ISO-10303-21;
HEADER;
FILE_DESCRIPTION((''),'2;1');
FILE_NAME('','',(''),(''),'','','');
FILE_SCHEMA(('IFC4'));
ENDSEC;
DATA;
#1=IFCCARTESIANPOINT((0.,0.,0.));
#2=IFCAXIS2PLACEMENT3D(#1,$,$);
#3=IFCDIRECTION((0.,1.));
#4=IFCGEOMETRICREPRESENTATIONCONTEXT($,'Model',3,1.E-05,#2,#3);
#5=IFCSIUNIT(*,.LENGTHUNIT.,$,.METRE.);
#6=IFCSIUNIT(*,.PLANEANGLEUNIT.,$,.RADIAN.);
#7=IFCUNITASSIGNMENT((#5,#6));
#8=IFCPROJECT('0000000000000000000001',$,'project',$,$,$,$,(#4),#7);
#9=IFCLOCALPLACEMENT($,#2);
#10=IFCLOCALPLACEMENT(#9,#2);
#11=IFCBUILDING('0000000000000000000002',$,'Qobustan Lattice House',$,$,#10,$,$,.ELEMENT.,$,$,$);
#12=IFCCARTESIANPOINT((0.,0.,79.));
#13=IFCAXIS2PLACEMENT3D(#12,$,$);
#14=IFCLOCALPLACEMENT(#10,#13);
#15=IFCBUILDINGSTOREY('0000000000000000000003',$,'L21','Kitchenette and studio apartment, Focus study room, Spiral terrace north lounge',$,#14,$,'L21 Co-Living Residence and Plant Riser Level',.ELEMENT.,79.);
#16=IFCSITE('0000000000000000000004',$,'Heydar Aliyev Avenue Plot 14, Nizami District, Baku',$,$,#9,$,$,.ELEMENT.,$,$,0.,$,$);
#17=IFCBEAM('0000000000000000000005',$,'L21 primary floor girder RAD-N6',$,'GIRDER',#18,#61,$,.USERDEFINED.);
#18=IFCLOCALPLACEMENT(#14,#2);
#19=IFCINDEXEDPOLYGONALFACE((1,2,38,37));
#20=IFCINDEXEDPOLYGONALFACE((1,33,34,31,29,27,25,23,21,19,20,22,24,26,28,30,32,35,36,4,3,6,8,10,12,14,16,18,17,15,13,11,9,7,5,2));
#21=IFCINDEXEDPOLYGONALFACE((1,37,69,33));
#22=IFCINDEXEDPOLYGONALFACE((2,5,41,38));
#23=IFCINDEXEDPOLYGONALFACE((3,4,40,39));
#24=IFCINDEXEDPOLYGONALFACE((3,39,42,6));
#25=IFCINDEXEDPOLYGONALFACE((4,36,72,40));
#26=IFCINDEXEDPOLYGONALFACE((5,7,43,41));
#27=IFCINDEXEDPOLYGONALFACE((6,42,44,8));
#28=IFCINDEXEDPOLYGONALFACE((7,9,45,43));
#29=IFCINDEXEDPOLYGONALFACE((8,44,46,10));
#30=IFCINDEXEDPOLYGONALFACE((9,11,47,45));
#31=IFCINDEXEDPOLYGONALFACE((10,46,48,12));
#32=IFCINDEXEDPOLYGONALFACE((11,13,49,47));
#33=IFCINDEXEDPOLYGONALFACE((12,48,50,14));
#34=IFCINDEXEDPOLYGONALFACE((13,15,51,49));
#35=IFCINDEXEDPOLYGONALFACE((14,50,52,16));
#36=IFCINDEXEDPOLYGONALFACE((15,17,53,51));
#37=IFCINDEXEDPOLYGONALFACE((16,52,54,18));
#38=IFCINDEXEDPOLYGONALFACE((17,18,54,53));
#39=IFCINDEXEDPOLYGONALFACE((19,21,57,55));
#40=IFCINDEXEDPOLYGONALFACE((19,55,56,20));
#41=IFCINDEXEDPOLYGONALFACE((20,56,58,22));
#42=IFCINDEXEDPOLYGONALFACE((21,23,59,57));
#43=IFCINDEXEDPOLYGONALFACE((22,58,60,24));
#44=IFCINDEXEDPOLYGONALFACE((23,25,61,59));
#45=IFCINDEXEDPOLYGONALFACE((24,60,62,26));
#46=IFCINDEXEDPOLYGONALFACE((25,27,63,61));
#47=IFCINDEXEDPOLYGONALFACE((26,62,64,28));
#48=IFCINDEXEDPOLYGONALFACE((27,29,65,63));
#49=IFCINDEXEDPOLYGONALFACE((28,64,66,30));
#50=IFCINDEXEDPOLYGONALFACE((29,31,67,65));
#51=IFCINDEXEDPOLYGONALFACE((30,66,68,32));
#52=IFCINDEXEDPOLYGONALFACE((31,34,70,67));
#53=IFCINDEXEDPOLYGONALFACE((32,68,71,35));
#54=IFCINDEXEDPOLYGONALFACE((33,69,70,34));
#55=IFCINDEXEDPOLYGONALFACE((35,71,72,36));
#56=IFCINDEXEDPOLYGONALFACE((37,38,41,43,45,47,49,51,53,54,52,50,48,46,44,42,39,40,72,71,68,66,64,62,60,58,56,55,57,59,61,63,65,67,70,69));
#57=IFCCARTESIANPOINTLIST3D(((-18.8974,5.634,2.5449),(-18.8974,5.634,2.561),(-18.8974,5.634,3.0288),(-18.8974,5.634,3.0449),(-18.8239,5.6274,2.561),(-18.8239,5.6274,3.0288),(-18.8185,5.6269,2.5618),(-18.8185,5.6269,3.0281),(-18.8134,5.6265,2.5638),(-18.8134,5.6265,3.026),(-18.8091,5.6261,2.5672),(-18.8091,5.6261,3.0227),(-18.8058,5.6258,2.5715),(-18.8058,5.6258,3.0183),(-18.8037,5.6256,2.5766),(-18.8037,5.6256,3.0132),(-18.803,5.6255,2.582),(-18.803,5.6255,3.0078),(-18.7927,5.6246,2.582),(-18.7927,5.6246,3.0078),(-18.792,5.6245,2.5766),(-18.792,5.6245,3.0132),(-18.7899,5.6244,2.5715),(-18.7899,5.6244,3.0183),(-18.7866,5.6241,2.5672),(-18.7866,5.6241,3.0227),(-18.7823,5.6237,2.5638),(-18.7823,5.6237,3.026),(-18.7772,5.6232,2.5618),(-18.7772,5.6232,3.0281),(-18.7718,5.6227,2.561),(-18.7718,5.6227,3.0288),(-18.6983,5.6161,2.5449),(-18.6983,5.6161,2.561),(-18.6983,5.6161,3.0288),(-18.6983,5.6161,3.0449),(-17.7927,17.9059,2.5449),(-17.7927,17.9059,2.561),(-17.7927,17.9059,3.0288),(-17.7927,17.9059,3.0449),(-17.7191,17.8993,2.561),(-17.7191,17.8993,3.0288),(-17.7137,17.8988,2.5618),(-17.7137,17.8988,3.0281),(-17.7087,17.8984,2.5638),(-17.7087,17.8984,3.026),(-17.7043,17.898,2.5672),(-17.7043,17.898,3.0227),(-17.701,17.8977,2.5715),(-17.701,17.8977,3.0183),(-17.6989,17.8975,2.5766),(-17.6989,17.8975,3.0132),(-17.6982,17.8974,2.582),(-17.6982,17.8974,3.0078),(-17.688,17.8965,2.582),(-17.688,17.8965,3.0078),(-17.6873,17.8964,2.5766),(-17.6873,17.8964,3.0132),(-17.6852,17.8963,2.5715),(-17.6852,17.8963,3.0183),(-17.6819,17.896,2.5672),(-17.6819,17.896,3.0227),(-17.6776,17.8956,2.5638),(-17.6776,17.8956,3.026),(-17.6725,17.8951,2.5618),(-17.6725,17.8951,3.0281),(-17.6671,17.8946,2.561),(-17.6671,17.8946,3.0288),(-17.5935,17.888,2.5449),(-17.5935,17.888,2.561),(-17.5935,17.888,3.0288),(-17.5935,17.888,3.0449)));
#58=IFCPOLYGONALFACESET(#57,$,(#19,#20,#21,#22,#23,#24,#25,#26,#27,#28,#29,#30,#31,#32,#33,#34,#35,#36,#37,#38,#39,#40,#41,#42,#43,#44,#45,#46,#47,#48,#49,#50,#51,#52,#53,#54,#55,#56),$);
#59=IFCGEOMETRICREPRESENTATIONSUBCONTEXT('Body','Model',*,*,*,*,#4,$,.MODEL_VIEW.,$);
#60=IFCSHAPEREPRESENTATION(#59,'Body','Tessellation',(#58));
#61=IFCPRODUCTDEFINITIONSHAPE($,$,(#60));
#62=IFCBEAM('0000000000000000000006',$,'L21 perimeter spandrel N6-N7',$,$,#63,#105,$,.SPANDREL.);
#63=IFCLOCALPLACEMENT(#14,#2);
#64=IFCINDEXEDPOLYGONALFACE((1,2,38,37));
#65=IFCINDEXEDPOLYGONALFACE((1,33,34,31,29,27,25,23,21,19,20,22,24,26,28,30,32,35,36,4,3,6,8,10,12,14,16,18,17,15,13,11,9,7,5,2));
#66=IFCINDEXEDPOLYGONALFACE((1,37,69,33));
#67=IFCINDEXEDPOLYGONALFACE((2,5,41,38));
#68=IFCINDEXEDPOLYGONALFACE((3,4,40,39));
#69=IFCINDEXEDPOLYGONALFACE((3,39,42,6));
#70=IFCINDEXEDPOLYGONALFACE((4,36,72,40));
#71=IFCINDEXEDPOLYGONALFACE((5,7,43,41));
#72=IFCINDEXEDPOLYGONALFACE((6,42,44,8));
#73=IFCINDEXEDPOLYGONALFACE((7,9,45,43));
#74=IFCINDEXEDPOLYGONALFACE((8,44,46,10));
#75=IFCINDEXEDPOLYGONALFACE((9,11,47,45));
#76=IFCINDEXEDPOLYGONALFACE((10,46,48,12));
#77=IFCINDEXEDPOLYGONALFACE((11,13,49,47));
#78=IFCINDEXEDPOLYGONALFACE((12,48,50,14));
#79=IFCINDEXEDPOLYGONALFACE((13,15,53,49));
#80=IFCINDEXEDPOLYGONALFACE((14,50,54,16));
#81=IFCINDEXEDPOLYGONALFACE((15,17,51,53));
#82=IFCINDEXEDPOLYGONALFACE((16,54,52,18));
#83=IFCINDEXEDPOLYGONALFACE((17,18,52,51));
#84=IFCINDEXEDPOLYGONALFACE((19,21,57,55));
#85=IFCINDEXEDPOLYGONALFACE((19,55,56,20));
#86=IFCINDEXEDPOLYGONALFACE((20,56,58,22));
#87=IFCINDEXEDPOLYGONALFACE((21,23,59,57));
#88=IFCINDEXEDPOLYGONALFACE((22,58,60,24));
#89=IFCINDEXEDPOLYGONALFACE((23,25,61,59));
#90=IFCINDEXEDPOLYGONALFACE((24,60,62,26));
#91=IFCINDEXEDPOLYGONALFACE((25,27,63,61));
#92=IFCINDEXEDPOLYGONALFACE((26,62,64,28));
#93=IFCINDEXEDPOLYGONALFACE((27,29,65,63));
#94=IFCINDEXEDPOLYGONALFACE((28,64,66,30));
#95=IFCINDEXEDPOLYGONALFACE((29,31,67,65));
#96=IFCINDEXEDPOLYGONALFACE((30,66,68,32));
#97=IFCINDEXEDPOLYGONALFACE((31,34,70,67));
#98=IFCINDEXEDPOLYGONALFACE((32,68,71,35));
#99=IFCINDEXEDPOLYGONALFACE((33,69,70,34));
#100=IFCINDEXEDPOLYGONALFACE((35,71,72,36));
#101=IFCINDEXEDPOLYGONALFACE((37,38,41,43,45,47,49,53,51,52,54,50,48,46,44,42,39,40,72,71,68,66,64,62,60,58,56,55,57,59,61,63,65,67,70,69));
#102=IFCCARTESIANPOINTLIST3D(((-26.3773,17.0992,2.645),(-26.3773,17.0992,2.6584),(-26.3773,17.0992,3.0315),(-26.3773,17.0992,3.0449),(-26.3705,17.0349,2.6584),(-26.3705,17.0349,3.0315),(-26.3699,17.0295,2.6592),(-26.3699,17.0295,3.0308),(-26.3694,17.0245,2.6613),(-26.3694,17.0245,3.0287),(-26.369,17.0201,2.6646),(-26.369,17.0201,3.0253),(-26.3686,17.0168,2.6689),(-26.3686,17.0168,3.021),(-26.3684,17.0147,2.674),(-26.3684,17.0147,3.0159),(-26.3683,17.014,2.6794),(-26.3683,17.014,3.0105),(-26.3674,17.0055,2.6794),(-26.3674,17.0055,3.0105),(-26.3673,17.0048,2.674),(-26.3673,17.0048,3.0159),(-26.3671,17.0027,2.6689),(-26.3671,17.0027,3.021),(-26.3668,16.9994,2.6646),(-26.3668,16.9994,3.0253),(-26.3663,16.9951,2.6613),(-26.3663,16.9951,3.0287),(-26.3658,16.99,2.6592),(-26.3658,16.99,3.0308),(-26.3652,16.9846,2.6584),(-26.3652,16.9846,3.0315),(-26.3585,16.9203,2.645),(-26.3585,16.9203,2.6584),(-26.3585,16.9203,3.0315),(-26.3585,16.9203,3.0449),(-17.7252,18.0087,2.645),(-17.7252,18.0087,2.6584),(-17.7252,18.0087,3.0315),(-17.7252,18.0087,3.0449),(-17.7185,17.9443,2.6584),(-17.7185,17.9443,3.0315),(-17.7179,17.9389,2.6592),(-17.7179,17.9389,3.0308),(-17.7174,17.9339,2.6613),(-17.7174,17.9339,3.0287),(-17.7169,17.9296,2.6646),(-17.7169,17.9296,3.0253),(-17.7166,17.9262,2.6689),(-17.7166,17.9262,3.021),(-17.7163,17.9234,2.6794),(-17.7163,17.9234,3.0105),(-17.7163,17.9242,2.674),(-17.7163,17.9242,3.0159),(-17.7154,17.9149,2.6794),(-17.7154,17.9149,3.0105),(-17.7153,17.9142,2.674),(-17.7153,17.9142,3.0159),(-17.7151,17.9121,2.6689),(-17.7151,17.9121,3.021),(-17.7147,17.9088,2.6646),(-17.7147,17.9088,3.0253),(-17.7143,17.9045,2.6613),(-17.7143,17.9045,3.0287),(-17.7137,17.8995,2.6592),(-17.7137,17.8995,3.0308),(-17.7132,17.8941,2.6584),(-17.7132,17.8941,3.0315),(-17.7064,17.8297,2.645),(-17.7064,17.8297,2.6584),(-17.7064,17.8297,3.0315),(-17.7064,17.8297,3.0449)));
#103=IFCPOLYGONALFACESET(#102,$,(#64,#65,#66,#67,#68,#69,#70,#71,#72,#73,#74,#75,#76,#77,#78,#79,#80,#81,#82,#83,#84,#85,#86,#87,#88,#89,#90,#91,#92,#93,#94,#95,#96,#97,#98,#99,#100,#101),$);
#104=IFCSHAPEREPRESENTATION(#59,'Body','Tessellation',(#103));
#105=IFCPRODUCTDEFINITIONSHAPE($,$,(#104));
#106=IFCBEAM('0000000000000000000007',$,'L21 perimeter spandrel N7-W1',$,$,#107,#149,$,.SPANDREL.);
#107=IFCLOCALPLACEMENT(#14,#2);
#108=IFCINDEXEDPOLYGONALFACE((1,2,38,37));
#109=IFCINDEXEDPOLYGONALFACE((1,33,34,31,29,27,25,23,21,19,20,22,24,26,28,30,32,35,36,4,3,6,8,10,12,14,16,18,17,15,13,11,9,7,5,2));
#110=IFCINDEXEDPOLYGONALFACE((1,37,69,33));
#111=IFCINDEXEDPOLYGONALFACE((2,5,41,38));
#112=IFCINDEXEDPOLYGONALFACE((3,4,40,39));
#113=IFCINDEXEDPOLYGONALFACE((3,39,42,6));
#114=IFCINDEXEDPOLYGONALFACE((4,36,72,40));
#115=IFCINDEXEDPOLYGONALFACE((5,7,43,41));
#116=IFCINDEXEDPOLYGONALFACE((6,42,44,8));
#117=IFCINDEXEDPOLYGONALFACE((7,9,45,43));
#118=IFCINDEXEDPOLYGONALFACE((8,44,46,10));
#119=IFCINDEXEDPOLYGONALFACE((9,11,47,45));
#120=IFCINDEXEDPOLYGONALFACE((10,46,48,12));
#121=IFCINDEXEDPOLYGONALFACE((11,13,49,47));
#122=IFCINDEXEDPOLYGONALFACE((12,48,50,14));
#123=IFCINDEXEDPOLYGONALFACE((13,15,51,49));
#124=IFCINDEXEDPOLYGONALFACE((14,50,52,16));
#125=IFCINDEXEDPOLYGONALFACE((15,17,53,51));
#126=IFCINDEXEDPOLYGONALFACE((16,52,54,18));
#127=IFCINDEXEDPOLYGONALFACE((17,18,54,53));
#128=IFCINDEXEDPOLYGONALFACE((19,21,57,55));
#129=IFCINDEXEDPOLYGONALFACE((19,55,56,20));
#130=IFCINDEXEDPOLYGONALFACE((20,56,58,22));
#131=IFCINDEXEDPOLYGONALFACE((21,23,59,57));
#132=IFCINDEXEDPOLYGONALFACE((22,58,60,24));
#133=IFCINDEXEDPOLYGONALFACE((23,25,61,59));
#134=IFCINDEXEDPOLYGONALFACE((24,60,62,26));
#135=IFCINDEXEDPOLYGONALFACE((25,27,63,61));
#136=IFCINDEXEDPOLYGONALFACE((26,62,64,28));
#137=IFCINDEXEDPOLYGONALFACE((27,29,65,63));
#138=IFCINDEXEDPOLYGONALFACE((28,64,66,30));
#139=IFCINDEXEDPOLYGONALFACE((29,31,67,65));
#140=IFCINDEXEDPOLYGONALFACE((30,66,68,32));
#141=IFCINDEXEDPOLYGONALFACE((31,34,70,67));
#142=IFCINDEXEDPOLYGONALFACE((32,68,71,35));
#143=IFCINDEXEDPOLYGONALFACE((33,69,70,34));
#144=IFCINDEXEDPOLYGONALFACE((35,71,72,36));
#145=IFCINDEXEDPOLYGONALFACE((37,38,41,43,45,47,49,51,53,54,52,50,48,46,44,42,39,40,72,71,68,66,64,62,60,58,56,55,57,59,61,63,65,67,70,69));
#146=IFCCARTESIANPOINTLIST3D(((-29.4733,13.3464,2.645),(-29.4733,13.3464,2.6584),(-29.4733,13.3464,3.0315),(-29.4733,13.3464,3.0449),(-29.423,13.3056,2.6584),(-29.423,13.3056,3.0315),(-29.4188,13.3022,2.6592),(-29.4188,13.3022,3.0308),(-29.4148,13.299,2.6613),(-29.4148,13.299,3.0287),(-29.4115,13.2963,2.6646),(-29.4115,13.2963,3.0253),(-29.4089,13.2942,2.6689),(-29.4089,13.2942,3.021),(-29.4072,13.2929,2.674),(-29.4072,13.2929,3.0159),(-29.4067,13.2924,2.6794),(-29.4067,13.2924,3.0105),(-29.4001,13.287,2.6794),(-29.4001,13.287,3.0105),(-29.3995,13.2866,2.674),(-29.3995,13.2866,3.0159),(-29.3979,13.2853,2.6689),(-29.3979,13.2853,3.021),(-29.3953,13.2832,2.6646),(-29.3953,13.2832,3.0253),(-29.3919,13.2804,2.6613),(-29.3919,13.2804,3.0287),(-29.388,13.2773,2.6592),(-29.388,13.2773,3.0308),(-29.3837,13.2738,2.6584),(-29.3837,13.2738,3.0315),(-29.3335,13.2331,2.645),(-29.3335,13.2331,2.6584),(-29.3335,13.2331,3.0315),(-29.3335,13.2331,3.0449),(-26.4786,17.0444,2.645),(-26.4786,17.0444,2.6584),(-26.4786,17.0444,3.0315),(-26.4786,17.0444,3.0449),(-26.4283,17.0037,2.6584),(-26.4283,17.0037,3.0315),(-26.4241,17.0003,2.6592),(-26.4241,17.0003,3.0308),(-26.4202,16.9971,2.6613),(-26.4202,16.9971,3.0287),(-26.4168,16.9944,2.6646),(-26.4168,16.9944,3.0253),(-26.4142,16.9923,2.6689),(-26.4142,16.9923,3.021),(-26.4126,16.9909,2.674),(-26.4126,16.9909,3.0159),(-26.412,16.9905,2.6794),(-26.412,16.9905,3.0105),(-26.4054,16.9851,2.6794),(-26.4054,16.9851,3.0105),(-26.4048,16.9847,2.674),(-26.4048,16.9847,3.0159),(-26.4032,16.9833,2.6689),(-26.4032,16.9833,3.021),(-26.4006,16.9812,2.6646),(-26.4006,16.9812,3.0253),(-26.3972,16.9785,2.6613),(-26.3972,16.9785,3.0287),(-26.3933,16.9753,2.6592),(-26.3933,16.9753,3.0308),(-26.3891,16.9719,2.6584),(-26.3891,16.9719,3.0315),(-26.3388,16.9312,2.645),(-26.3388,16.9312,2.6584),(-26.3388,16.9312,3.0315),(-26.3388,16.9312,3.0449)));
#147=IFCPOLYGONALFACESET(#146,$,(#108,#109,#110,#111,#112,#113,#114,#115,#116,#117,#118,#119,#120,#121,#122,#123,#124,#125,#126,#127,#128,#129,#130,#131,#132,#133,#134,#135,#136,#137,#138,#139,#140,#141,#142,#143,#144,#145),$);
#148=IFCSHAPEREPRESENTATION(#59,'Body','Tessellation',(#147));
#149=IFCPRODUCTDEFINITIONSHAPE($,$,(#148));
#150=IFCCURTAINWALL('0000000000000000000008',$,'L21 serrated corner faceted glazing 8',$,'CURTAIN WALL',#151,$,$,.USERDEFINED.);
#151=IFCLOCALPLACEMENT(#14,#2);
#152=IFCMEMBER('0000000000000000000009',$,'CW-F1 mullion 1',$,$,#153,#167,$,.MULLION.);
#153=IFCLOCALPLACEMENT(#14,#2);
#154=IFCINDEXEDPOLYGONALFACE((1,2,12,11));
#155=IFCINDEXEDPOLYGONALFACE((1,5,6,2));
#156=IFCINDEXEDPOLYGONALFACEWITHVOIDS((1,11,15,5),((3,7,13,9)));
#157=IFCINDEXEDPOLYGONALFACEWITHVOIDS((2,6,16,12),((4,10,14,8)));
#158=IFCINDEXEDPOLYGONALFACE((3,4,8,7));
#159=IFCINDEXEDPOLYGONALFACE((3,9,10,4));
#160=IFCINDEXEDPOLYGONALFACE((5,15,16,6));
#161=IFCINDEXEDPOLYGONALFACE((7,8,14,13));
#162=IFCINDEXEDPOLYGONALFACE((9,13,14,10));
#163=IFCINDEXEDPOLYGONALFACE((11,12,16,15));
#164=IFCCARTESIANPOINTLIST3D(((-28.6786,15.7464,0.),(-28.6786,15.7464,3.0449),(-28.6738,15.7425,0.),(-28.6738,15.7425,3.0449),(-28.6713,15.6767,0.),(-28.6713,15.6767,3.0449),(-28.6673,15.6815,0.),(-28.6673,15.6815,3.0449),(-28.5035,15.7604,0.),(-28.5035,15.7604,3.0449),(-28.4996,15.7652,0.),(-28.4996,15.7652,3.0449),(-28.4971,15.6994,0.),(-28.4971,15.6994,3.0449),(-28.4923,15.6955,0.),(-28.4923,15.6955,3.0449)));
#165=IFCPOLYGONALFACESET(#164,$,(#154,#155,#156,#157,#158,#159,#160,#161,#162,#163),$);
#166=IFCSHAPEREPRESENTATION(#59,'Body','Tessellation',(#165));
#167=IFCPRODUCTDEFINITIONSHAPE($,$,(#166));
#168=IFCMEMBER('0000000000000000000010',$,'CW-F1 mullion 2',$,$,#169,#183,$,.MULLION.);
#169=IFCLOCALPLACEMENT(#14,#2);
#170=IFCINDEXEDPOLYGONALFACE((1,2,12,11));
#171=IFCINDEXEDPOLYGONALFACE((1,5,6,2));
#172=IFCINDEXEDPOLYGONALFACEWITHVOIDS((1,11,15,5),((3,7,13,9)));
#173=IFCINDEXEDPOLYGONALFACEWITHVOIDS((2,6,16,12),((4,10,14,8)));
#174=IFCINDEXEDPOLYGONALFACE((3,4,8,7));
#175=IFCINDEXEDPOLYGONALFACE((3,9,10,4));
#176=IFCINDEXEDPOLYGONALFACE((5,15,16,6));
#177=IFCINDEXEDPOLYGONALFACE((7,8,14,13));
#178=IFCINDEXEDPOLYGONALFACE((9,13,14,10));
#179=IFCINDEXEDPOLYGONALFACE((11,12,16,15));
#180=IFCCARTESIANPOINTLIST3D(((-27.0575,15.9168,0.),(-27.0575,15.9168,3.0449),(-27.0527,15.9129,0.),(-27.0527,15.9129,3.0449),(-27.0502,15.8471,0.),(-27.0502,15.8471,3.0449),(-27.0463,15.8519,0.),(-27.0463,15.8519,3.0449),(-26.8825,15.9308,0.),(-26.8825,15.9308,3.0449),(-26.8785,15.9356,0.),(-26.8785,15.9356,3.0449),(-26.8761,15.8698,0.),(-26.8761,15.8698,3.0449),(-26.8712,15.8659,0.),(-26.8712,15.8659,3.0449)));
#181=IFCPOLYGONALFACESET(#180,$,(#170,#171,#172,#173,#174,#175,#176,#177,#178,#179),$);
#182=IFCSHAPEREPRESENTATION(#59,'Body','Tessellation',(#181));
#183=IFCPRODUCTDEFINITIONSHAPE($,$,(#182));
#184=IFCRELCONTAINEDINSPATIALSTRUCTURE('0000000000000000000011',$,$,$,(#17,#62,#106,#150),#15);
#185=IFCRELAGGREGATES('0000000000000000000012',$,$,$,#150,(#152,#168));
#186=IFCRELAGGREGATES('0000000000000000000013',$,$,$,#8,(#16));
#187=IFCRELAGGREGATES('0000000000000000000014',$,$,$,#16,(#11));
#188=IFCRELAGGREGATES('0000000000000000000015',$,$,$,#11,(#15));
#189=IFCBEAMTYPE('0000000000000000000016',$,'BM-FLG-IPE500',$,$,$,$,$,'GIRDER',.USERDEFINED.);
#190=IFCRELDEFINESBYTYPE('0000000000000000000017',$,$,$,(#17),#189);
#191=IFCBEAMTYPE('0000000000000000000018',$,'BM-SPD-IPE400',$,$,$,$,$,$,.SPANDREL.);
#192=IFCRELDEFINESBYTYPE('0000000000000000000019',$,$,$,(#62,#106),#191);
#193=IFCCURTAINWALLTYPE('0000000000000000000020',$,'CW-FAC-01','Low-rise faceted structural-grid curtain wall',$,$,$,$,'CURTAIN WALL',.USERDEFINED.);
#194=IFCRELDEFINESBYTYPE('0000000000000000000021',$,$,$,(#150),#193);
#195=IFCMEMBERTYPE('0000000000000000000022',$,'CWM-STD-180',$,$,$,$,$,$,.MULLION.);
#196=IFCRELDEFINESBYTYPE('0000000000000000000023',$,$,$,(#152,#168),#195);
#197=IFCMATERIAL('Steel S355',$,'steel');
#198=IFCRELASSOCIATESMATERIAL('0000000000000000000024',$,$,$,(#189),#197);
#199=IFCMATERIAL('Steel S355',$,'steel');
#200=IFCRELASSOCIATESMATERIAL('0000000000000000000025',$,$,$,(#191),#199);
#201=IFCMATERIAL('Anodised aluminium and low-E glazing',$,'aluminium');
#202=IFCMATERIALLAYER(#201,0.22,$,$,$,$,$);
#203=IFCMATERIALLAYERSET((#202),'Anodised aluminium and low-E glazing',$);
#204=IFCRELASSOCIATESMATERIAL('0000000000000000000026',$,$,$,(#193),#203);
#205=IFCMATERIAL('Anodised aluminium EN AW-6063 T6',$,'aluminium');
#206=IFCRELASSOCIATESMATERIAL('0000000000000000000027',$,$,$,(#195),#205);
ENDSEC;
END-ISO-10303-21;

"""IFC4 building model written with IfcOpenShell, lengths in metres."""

from ifc_helpers import new_model, si_unit, direction, frame, origin, origin_2d, place, context, subcontext, project, spatial, hollow_rectangle, i_section, extrude, material, layer, layer_set, material_profile, profile_set, type_object, element, aggregate, save


model = new_model("IFC4")

# Units and contexts
model_context = context("Model", 3, precision=1e-05, world=origin(), true_north=direction((0.0, 1.0)))
body_context = subcontext(model_context, "Body", "Model", "MODEL_VIEW")
ifc_project = project(units=[si_unit("LENGTHUNIT", "METRE"), si_unit("PLANEANGLEUNIT", "RADIAN")], contexts=[model_context])

# Site, building, storey
site_placement = place(None, origin())
site = spatial("IfcSite", under=ifc_project, at=site_placement, Name="Heydar Aliyev Avenue Plot 14, Nizami District, Baku", CompositionType="ELEMENT", RefElevation=0.0)
building_placement = place(site_placement, origin())
building = spatial("IfcBuilding", under=site, at=building_placement, Name="Qobustan Lattice House", CompositionType="ELEMENT")
storey_placement = place(building_placement, frame((0.0, 0.0, 79.0)))
storey = spatial("IfcBuildingStorey", under=building, at=storey_placement, Name="L21", Description="Kitchenette and studio apartment, Focus study room, Spiral terrace north lounge", LongName="L21 Co-Living Residence and Plant Riser Level", CompositionType="ELEMENT", Elevation=79.0)

# Beams
ifc_material_1 = material(Name="Steel S355", Category="steel")
ifc_material_profile_1 = material_profile(ifc_material_1, i_section(OverallWidth=0.2, OverallDepth=0.5, WebThickness=0.0103, FlangeThickness=0.0161, FilletRadius=0.021, at=origin_2d()), Name="IPE500")
ifc_profile_set_1 = profile_set([ifc_material_profile_1], Name="Steel S355")
beam_type_1 = type_object("IfcBeamType", Name="BM-FLG-IPE500", ElementType="GIRDER", PredefinedType="USERDEFINED", material=ifc_profile_set_1)
beam_1_placement = place(storey_placement, frame((-17.6931, 17.897, 2.7949), z_axis=(-0.089659, -0.995973, 0.0), x_axis=(0.995973, -0.089659, 0.0)))
element("IfcBeam", 1, at=beam_1_placement, inside=storey, type_object=beam_type_1, Name="L21 primary floor girder RAD-N6", ObjectType="GIRDER", PredefinedType="USERDEFINED", context=body_context, shape_type="SweptSolid", body=[
    extrude(i_section(OverallWidth=0.2, OverallDepth=0.5, WebThickness=0.0103, FlangeThickness=0.0161, FilletRadius=0.021, at=origin_2d()), origin(), (0.0, 0.0, 1.0), 12.3215),
])
ifc_material_2 = material(Name="Steel S355", Category="steel")
ifc_material_profile_2 = material_profile(ifc_material_2, i_section(OverallWidth=0.1799, OverallDepth=0.3999, WebThickness=0.0085, FlangeThickness=0.0134, FilletRadius=0.021, at=origin_2d()), Name="IPE400")
ifc_profile_set_2 = profile_set([ifc_material_profile_2], Name="Steel S355")
beam_type_2 = type_object("IfcBeamType", Name="BM-SPD-IPE400", PredefinedType="SPANDREL", material=ifc_profile_set_2)
beam_2_placement = place(storey_placement, frame((-17.7158, 17.9192, 2.845), z_axis=(-0.994521, -0.104534, 0.0), x_axis=(0.104534, -0.994521, 0.0)))
element("IfcBeam", 2, at=beam_2_placement, inside=storey, type_object=beam_type_2, Name="L21 perimeter spandrel N6-N7", PredefinedType="SPANDREL", context=body_context, shape_type="SweptSolid", body=[
    extrude(i_section(OverallWidth=0.1799, OverallDepth=0.3999, WebThickness=0.0085, FlangeThickness=0.0134, FilletRadius=0.021, at=origin_2d()), origin(), (0.0, 0.0, 1.0), 8.6997),
])
beam_3_placement = place(storey_placement, frame((-26.4087, 16.9878, 2.845), z_axis=(-0.629327, -0.777141, 0.0), x_axis=(0.777141, -0.629327, 0.0)))
element("IfcBeam", 3, at=beam_3_placement, inside=storey, type_object=beam_type_2, Name="L21 perimeter spandrel N7-W1", PredefinedType="SPANDREL", context=body_context, shape_type="SweptSolid", body=[
    extrude(i_section(OverallWidth=0.1799, OverallDepth=0.3999, WebThickness=0.0085, FlangeThickness=0.0134, FilletRadius=0.021, at=origin_2d()), origin(), (0.0, 0.0, 1.0), 4.7585),
])

# Curtain wall, members
ifc_material_3 = material(Name="Anodised aluminium and low-E glazing", Category="aluminium")
ifc_layer_1 = layer(ifc_material_3, 0.22)
ifc_layer_set_1 = layer_set([ifc_layer_1], Name="Anodised aluminium and low-E glazing")
curtain_wall_type = type_object("IfcCurtainWallType", Name="CW-FAC-01", Description="Low-rise faceted structural-grid curtain wall", ElementType="CURTAIN WALL", PredefinedType="USERDEFINED", material=ifc_layer_set_1)
curtain_wall_placement = place(storey_placement, origin())
curtain_wall = element("IfcCurtainWall", 4, at=curtain_wall_placement, inside=storey, type_object=curtain_wall_type, Name="L21 serrated corner faceted glazing 8", ObjectType="CURTAIN WALL", PredefinedType="USERDEFINED")
ifc_material_4 = material(Name="Anodised aluminium EN AW-6063 T6", Category="aluminium")
ifc_material_profile_3 = material_profile(ifc_material_4, hollow_rectangle(XDim=0.0701, YDim=0.1799, WallThickness=0.0044, at=origin_2d()), Name="CWM-180x70")
ifc_profile_set_3 = profile_set([ifc_material_profile_3], Name="Anodised aluminium EN AW-6063 T6")
member_type_1 = type_object("IfcMemberType", Name="CWM-STD-180", PredefinedType="MULLION", material=ifc_profile_set_3)
member_1_placement = place(storey_placement, frame((-28.5854, 15.7209, 0.0), z_axis=(0.0, 0.0, 1.0), x_axis=(-0.104529, 0.994522, 0.0)))
member_1 = element("IfcMember", 5, at=member_1_placement, type_object=member_type_1, Name="CW-F1 mullion 1", PredefinedType="MULLION", context=body_context, shape_type="SweptSolid", body=[
    extrude(hollow_rectangle(XDim=0.0701, YDim=0.1799, WallThickness=0.0044, at=origin_2d()), origin(), (0.0, 0.0, 1.0), 3.0449),
])
member_2_placement = place(storey_placement, frame((-26.9644, 15.8914, 0.0), z_axis=(0.0, 0.0, 1.0), x_axis=(-0.104529, 0.994522, 0.0)))
member_2 = element("IfcMember", 6, at=member_2_placement, type_object=member_type_1, Name="CW-F1 mullion 2", PredefinedType="MULLION", context=body_context, shape_type="SweptSolid", body=[
    extrude(hollow_rectangle(XDim=0.0701, YDim=0.1799, WallThickness=0.0044, at=origin_2d()), origin(), (0.0, 0.0, 1.0), 3.0449),
])
aggregate(curtain_wall, [member_1, member_2])

save(model, "model.ifc")
